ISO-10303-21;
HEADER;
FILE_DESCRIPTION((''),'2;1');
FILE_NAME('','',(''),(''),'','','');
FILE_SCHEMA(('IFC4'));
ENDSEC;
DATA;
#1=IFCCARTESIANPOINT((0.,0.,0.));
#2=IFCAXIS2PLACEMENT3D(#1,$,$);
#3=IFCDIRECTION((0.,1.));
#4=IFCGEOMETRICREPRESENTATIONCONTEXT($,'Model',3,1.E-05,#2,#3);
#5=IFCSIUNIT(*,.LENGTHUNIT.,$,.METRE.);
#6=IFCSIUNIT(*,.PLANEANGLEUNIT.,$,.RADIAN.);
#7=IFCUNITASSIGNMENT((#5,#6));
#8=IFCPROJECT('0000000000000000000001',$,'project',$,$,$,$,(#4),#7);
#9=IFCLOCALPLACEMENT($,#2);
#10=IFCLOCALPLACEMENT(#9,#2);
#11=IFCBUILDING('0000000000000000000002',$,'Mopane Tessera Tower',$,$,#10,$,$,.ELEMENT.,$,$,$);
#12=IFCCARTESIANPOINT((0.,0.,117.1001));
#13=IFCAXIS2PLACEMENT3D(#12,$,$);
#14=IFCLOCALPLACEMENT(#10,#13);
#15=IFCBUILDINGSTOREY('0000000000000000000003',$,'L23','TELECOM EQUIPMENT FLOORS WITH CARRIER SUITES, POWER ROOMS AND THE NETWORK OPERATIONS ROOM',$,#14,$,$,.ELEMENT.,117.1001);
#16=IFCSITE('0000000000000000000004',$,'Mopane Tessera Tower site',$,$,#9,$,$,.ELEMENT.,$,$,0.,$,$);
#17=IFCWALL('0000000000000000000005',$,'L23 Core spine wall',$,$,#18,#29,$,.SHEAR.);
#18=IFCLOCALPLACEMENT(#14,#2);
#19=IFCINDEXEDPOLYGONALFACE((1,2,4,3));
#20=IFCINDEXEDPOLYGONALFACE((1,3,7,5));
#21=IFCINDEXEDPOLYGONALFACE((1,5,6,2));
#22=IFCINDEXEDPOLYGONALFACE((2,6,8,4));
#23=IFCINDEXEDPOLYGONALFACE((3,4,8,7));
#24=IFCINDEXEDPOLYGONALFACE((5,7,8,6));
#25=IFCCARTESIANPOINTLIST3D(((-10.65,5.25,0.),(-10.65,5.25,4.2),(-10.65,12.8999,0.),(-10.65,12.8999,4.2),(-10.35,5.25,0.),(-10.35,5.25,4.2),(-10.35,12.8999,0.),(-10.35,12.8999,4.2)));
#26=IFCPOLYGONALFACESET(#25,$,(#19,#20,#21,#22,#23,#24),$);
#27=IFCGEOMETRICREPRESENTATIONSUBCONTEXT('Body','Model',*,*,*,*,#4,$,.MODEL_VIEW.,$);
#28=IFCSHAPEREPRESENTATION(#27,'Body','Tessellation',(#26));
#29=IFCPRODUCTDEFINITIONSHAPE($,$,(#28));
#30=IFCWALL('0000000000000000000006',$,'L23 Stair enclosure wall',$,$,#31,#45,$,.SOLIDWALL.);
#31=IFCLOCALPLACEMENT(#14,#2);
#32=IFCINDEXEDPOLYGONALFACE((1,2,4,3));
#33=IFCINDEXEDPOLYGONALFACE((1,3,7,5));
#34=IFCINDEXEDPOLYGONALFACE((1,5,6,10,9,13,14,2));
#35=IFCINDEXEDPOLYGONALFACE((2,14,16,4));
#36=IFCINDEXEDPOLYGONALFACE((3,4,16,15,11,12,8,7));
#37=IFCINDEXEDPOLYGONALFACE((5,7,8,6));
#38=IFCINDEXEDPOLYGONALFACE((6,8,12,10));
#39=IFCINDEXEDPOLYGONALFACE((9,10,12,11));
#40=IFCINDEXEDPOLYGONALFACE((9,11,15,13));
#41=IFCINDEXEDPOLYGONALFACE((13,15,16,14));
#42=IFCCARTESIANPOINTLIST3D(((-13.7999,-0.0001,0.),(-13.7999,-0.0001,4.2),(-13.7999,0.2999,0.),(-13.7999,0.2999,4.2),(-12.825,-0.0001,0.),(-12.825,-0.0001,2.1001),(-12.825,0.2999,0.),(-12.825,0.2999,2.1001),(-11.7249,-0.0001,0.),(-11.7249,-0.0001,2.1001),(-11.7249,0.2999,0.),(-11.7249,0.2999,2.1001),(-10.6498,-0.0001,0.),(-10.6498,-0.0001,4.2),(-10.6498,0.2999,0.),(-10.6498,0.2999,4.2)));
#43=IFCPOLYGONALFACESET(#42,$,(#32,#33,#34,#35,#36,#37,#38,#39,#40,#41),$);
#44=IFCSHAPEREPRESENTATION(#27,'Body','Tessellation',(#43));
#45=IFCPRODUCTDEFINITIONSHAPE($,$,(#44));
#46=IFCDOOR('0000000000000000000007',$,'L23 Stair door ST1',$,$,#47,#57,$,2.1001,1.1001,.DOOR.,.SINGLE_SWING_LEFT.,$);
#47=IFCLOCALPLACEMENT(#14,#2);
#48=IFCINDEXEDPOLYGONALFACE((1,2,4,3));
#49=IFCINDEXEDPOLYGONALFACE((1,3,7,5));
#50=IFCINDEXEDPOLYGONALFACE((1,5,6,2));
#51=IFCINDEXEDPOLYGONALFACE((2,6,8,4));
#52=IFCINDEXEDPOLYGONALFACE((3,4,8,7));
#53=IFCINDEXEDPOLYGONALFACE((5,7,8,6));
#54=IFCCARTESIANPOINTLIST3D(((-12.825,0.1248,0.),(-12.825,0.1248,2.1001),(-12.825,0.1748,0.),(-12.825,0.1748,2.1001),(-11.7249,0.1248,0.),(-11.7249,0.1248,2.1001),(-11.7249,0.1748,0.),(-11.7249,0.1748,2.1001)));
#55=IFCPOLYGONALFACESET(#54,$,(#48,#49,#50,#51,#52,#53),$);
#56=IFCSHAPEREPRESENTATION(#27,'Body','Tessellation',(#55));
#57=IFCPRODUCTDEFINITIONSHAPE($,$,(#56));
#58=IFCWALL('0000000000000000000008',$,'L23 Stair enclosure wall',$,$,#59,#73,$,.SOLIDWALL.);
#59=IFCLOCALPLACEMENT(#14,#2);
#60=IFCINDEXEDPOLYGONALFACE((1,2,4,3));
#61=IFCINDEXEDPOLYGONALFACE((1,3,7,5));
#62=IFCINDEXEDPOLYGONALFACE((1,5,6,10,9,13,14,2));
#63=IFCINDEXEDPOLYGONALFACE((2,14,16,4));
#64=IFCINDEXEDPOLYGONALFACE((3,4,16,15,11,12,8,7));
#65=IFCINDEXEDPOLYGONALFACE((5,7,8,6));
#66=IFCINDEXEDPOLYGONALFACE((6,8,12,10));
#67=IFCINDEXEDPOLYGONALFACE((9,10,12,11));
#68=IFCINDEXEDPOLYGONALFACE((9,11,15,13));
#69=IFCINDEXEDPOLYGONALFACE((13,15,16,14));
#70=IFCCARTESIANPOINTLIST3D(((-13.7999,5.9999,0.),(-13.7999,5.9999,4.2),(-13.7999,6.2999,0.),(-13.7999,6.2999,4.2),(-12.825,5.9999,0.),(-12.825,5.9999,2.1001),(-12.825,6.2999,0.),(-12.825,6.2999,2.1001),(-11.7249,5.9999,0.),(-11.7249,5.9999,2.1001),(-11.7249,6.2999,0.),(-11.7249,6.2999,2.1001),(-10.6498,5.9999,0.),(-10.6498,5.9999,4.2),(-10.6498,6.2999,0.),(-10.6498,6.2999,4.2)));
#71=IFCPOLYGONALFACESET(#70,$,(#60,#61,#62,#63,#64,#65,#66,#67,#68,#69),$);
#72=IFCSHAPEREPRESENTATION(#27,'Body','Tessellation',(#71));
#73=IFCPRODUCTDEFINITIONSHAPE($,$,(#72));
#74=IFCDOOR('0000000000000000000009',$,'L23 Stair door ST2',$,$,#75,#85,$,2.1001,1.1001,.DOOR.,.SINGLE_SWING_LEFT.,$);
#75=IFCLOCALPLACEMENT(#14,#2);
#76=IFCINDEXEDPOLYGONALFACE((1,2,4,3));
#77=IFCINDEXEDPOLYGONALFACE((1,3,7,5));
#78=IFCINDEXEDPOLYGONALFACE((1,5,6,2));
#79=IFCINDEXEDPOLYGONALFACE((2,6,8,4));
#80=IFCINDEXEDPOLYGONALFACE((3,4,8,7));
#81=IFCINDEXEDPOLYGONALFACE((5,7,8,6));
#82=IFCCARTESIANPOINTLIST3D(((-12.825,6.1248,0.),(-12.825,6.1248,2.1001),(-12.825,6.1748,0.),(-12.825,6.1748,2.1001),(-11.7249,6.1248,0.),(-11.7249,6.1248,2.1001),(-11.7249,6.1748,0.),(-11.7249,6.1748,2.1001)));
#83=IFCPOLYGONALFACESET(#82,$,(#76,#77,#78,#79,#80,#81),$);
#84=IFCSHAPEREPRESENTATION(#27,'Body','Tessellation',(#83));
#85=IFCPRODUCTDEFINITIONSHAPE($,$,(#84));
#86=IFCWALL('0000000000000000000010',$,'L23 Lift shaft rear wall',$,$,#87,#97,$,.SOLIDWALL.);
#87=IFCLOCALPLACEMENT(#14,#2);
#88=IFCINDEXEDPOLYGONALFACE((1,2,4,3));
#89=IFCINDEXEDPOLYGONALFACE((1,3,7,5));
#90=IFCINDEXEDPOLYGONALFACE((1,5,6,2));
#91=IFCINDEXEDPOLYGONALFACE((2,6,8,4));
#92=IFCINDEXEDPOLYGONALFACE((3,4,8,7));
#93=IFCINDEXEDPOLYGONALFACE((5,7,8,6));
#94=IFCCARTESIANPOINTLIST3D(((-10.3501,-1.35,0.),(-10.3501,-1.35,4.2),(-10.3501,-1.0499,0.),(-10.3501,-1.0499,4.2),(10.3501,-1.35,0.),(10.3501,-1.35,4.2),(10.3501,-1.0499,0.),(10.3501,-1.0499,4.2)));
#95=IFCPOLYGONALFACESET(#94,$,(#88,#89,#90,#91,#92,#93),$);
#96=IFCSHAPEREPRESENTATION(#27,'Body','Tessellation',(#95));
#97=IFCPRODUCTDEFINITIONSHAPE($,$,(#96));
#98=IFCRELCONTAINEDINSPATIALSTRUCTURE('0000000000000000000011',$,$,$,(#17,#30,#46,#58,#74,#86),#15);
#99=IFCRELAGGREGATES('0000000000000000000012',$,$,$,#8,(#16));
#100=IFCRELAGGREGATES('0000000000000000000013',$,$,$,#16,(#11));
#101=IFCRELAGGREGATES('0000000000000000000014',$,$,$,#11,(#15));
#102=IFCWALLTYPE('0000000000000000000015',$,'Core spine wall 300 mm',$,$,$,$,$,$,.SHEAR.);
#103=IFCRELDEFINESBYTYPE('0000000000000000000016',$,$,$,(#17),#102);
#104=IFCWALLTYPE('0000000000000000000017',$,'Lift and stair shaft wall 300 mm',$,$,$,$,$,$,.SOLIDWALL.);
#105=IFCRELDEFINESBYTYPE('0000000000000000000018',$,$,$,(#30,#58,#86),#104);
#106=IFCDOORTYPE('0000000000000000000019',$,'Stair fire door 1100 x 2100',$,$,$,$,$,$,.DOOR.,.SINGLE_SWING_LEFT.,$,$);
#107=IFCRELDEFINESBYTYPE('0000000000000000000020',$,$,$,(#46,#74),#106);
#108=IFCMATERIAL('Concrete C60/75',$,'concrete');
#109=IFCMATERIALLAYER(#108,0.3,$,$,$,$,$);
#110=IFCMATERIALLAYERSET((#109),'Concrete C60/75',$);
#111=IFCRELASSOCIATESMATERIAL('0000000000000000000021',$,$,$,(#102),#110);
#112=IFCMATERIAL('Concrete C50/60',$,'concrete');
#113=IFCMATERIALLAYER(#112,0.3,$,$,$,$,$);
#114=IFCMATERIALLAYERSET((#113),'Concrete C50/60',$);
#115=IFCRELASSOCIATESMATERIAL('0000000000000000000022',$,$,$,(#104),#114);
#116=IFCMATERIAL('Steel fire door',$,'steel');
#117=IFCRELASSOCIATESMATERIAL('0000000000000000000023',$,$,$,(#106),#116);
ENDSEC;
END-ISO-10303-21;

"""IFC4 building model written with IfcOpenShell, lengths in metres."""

from ifc_helpers import new_model, si_unit, direction, frame, frame_2d, origin, place, context, subcontext, project, spatial, rectangle, extrude, material, layer, layer_set, type_object, element, fill, save


model = new_model("IFC4")

# Units and contexts
model_context = context("Model", 3, precision=1e-05, world=origin(), true_north=direction((0.0, 1.0)))
body_context = subcontext(model_context, "Body", "Model", "MODEL_VIEW")
ifc_project = project(units=[si_unit("LENGTHUNIT", "METRE"), si_unit("PLANEANGLEUNIT", "RADIAN")], contexts=[model_context])

# Site, building, storey
site_placement = place(None, origin())
site = spatial("IfcSite", under=ifc_project, at=site_placement, Name="Mopane Tessera Tower site", CompositionType="ELEMENT", RefElevation=0.0)
building_placement = place(site_placement, origin())
building = spatial("IfcBuilding", under=site, at=building_placement, Name="Mopane Tessera Tower", CompositionType="ELEMENT")
storey_placement = place(building_placement, frame((0.0, 0.0, 117.1001)))
storey = spatial("IfcBuildingStorey", under=building, at=storey_placement, Name="L23", Description="TELECOM EQUIPMENT FLOORS WITH CARRIER SUITES, POWER ROOMS AND THE NETWORK OPERATIONS ROOM", CompositionType="ELEMENT", Elevation=117.1001)

# Wall
ifc_material_1 = material(Name="Concrete C60/75", Category="concrete")
ifc_layer_1 = layer(ifc_material_1, 0.3)
ifc_layer_set_1 = layer_set([ifc_layer_1], Name="Concrete C60/75")
wall_type_1 = type_object("IfcWallType", Name="Core spine wall 300 mm", PredefinedType="SHEAR", material=ifc_layer_set_1)
wall_1_placement = place(storey_placement, frame((-10.5, 5.25, 0.0), z_axis=(0.0, 0.0, 1.0), x_axis=(0.0, 1.0, 0.0)))
element("IfcWall", 1, at=wall_1_placement, inside=storey, type_object=wall_type_1, Name="L23 Core spine wall", PredefinedType="SHEAR", context=body_context, shape_type="SweptSolid", body=[
    extrude(rectangle(XDim=7.6499, YDim=0.3, at=frame_2d((3.825, 0.0))), origin(), (0.0, 0.0, 1.0), 4.2),
])

# Walls, openings, doors
ifc_material_2 = material(Name="Concrete C50/60", Category="concrete")
ifc_layer_2 = layer(ifc_material_2, 0.3)
ifc_layer_set_2 = layer_set([ifc_layer_2], Name="Concrete C50/60")
wall_type_2 = type_object("IfcWallType", Name="Lift and stair shaft wall 300 mm", PredefinedType="SOLIDWALL", material=ifc_layer_set_2)
wall_2_placement = place(storey_placement, frame((-13.8, 0.1499, 0.0), z_axis=(0.0, 0.0, 1.0), x_axis=(1.0, 0.0, 0.0)))
wall_2 = element("IfcWall", 2, at=wall_2_placement, inside=storey, type_object=wall_type_2, Name="L23 Stair enclosure wall", PredefinedType="SOLIDWALL", context=body_context, shape_type="SweptSolid", body=[
    extrude(rectangle(XDim=3.1501, YDim=0.3, at=frame_2d((1.5752, 0.0))), origin(), (0.0, 0.0, 1.0), 4.2),
])
opening_1_placement = place(wall_2_placement, frame((0.9751, 0.0, 0.0)))
opening_1 = element("IfcOpeningElement", 3, at=opening_1_placement, cuts=wall_2, PredefinedType="OPENING", context=body_context, shape_type="SweptSolid", body=[
    extrude(rectangle(XDim=1.1001, YDim=2.1001, at=frame_2d((0.55, 1.05))), frame((0.0, 0.1621, 0.0), z_axis=(0.0, -1.0, 0.0), x_axis=(1.0, 0.0, 0.0)), (0.0, 0.0, 1.0), 0.324),
])
ifc_material_3 = material(Name="Steel fire door", Category="steel")
door_type_1 = type_object("IfcDoorType", Name="Stair fire door 1100 x 2100", OperationType="SINGLE_SWING_LEFT", PredefinedType="DOOR", material=ifc_material_3)
door_1_placement = place(opening_1_placement, origin())
door_1 = element("IfcDoor", 4, at=door_1_placement, inside=storey, type_object=door_type_1, Name="L23 Stair door ST1", OperationType="SINGLE_SWING_LEFT", OverallHeight=2.1001, OverallWidth=1.1001, PredefinedType="DOOR", context=body_context, shape_type="SweptSolid", body=[
    extrude(rectangle(XDim=1.1001, YDim=2.1001, at=frame_2d((0.55, 1.05))), frame((0.0, 0.0249, 0.0), z_axis=(0.0, -1.0, 0.0), x_axis=(1.0, 0.0, 0.0)), (0.0, 0.0, 1.0), 0.05),
])
fill(opening_1, door_1)
wall_3_placement = place(storey_placement, frame((-13.8, 6.1499, 0.0), z_axis=(0.0, 0.0, 1.0), x_axis=(1.0, 0.0, 0.0)))
wall_3 = element("IfcWall", 5, at=wall_3_placement, inside=storey, type_object=wall_type_2, Name="L23 Stair enclosure wall", PredefinedType="SOLIDWALL", context=body_context, shape_type="SweptSolid", body=[
    extrude(rectangle(XDim=3.1501, YDim=0.3, at=frame_2d((1.5752, 0.0))), origin(), (0.0, 0.0, 1.0), 4.2),
])
opening_2_placement = place(wall_3_placement, frame((0.9751, 0.0, 0.0)))
opening_2 = element("IfcOpeningElement", 6, at=opening_2_placement, cuts=wall_3, PredefinedType="OPENING", context=body_context, shape_type="SweptSolid", body=[
    extrude(rectangle(XDim=1.1001, YDim=2.1001, at=frame_2d((0.55, 1.05))), frame((0.0, 0.1621, 0.0), z_axis=(0.0, -1.0, 0.0), x_axis=(1.0, 0.0, 0.0)), (0.0, 0.0, 1.0), 0.324),
])
door_2_placement = place(opening_2_placement, origin())
door_2 = element("IfcDoor", 7, at=door_2_placement, inside=storey, type_object=door_type_1, Name="L23 Stair door ST2", OperationType="SINGLE_SWING_LEFT", OverallHeight=2.1001, OverallWidth=1.1001, PredefinedType="DOOR", context=body_context, shape_type="SweptSolid", body=[
    extrude(rectangle(XDim=1.1001, YDim=2.1001, at=frame_2d((0.55, 1.05))), frame((0.0, 0.0249, 0.0), z_axis=(0.0, -1.0, 0.0), x_axis=(1.0, 0.0, 0.0)), (0.0, 0.0, 1.0), 0.05),
])
fill(opening_2, door_2)

# Wall
wall_4_placement = place(storey_placement, frame((-10.3501, -1.2, 0.0), z_axis=(0.0, 0.0, 1.0), x_axis=(1.0, 0.0, 0.0)))
element("IfcWall", 8, at=wall_4_placement, inside=storey, type_object=wall_type_2, Name="L23 Lift shaft rear wall", PredefinedType="SOLIDWALL", context=body_context, shape_type="SweptSolid", body=[
    extrude(rectangle(XDim=20.7002, YDim=0.3, at=frame_2d((10.3501, 0.0))), origin(), (0.0, 0.0, 1.0), 4.2),
])

save(model, "model.ifc")
